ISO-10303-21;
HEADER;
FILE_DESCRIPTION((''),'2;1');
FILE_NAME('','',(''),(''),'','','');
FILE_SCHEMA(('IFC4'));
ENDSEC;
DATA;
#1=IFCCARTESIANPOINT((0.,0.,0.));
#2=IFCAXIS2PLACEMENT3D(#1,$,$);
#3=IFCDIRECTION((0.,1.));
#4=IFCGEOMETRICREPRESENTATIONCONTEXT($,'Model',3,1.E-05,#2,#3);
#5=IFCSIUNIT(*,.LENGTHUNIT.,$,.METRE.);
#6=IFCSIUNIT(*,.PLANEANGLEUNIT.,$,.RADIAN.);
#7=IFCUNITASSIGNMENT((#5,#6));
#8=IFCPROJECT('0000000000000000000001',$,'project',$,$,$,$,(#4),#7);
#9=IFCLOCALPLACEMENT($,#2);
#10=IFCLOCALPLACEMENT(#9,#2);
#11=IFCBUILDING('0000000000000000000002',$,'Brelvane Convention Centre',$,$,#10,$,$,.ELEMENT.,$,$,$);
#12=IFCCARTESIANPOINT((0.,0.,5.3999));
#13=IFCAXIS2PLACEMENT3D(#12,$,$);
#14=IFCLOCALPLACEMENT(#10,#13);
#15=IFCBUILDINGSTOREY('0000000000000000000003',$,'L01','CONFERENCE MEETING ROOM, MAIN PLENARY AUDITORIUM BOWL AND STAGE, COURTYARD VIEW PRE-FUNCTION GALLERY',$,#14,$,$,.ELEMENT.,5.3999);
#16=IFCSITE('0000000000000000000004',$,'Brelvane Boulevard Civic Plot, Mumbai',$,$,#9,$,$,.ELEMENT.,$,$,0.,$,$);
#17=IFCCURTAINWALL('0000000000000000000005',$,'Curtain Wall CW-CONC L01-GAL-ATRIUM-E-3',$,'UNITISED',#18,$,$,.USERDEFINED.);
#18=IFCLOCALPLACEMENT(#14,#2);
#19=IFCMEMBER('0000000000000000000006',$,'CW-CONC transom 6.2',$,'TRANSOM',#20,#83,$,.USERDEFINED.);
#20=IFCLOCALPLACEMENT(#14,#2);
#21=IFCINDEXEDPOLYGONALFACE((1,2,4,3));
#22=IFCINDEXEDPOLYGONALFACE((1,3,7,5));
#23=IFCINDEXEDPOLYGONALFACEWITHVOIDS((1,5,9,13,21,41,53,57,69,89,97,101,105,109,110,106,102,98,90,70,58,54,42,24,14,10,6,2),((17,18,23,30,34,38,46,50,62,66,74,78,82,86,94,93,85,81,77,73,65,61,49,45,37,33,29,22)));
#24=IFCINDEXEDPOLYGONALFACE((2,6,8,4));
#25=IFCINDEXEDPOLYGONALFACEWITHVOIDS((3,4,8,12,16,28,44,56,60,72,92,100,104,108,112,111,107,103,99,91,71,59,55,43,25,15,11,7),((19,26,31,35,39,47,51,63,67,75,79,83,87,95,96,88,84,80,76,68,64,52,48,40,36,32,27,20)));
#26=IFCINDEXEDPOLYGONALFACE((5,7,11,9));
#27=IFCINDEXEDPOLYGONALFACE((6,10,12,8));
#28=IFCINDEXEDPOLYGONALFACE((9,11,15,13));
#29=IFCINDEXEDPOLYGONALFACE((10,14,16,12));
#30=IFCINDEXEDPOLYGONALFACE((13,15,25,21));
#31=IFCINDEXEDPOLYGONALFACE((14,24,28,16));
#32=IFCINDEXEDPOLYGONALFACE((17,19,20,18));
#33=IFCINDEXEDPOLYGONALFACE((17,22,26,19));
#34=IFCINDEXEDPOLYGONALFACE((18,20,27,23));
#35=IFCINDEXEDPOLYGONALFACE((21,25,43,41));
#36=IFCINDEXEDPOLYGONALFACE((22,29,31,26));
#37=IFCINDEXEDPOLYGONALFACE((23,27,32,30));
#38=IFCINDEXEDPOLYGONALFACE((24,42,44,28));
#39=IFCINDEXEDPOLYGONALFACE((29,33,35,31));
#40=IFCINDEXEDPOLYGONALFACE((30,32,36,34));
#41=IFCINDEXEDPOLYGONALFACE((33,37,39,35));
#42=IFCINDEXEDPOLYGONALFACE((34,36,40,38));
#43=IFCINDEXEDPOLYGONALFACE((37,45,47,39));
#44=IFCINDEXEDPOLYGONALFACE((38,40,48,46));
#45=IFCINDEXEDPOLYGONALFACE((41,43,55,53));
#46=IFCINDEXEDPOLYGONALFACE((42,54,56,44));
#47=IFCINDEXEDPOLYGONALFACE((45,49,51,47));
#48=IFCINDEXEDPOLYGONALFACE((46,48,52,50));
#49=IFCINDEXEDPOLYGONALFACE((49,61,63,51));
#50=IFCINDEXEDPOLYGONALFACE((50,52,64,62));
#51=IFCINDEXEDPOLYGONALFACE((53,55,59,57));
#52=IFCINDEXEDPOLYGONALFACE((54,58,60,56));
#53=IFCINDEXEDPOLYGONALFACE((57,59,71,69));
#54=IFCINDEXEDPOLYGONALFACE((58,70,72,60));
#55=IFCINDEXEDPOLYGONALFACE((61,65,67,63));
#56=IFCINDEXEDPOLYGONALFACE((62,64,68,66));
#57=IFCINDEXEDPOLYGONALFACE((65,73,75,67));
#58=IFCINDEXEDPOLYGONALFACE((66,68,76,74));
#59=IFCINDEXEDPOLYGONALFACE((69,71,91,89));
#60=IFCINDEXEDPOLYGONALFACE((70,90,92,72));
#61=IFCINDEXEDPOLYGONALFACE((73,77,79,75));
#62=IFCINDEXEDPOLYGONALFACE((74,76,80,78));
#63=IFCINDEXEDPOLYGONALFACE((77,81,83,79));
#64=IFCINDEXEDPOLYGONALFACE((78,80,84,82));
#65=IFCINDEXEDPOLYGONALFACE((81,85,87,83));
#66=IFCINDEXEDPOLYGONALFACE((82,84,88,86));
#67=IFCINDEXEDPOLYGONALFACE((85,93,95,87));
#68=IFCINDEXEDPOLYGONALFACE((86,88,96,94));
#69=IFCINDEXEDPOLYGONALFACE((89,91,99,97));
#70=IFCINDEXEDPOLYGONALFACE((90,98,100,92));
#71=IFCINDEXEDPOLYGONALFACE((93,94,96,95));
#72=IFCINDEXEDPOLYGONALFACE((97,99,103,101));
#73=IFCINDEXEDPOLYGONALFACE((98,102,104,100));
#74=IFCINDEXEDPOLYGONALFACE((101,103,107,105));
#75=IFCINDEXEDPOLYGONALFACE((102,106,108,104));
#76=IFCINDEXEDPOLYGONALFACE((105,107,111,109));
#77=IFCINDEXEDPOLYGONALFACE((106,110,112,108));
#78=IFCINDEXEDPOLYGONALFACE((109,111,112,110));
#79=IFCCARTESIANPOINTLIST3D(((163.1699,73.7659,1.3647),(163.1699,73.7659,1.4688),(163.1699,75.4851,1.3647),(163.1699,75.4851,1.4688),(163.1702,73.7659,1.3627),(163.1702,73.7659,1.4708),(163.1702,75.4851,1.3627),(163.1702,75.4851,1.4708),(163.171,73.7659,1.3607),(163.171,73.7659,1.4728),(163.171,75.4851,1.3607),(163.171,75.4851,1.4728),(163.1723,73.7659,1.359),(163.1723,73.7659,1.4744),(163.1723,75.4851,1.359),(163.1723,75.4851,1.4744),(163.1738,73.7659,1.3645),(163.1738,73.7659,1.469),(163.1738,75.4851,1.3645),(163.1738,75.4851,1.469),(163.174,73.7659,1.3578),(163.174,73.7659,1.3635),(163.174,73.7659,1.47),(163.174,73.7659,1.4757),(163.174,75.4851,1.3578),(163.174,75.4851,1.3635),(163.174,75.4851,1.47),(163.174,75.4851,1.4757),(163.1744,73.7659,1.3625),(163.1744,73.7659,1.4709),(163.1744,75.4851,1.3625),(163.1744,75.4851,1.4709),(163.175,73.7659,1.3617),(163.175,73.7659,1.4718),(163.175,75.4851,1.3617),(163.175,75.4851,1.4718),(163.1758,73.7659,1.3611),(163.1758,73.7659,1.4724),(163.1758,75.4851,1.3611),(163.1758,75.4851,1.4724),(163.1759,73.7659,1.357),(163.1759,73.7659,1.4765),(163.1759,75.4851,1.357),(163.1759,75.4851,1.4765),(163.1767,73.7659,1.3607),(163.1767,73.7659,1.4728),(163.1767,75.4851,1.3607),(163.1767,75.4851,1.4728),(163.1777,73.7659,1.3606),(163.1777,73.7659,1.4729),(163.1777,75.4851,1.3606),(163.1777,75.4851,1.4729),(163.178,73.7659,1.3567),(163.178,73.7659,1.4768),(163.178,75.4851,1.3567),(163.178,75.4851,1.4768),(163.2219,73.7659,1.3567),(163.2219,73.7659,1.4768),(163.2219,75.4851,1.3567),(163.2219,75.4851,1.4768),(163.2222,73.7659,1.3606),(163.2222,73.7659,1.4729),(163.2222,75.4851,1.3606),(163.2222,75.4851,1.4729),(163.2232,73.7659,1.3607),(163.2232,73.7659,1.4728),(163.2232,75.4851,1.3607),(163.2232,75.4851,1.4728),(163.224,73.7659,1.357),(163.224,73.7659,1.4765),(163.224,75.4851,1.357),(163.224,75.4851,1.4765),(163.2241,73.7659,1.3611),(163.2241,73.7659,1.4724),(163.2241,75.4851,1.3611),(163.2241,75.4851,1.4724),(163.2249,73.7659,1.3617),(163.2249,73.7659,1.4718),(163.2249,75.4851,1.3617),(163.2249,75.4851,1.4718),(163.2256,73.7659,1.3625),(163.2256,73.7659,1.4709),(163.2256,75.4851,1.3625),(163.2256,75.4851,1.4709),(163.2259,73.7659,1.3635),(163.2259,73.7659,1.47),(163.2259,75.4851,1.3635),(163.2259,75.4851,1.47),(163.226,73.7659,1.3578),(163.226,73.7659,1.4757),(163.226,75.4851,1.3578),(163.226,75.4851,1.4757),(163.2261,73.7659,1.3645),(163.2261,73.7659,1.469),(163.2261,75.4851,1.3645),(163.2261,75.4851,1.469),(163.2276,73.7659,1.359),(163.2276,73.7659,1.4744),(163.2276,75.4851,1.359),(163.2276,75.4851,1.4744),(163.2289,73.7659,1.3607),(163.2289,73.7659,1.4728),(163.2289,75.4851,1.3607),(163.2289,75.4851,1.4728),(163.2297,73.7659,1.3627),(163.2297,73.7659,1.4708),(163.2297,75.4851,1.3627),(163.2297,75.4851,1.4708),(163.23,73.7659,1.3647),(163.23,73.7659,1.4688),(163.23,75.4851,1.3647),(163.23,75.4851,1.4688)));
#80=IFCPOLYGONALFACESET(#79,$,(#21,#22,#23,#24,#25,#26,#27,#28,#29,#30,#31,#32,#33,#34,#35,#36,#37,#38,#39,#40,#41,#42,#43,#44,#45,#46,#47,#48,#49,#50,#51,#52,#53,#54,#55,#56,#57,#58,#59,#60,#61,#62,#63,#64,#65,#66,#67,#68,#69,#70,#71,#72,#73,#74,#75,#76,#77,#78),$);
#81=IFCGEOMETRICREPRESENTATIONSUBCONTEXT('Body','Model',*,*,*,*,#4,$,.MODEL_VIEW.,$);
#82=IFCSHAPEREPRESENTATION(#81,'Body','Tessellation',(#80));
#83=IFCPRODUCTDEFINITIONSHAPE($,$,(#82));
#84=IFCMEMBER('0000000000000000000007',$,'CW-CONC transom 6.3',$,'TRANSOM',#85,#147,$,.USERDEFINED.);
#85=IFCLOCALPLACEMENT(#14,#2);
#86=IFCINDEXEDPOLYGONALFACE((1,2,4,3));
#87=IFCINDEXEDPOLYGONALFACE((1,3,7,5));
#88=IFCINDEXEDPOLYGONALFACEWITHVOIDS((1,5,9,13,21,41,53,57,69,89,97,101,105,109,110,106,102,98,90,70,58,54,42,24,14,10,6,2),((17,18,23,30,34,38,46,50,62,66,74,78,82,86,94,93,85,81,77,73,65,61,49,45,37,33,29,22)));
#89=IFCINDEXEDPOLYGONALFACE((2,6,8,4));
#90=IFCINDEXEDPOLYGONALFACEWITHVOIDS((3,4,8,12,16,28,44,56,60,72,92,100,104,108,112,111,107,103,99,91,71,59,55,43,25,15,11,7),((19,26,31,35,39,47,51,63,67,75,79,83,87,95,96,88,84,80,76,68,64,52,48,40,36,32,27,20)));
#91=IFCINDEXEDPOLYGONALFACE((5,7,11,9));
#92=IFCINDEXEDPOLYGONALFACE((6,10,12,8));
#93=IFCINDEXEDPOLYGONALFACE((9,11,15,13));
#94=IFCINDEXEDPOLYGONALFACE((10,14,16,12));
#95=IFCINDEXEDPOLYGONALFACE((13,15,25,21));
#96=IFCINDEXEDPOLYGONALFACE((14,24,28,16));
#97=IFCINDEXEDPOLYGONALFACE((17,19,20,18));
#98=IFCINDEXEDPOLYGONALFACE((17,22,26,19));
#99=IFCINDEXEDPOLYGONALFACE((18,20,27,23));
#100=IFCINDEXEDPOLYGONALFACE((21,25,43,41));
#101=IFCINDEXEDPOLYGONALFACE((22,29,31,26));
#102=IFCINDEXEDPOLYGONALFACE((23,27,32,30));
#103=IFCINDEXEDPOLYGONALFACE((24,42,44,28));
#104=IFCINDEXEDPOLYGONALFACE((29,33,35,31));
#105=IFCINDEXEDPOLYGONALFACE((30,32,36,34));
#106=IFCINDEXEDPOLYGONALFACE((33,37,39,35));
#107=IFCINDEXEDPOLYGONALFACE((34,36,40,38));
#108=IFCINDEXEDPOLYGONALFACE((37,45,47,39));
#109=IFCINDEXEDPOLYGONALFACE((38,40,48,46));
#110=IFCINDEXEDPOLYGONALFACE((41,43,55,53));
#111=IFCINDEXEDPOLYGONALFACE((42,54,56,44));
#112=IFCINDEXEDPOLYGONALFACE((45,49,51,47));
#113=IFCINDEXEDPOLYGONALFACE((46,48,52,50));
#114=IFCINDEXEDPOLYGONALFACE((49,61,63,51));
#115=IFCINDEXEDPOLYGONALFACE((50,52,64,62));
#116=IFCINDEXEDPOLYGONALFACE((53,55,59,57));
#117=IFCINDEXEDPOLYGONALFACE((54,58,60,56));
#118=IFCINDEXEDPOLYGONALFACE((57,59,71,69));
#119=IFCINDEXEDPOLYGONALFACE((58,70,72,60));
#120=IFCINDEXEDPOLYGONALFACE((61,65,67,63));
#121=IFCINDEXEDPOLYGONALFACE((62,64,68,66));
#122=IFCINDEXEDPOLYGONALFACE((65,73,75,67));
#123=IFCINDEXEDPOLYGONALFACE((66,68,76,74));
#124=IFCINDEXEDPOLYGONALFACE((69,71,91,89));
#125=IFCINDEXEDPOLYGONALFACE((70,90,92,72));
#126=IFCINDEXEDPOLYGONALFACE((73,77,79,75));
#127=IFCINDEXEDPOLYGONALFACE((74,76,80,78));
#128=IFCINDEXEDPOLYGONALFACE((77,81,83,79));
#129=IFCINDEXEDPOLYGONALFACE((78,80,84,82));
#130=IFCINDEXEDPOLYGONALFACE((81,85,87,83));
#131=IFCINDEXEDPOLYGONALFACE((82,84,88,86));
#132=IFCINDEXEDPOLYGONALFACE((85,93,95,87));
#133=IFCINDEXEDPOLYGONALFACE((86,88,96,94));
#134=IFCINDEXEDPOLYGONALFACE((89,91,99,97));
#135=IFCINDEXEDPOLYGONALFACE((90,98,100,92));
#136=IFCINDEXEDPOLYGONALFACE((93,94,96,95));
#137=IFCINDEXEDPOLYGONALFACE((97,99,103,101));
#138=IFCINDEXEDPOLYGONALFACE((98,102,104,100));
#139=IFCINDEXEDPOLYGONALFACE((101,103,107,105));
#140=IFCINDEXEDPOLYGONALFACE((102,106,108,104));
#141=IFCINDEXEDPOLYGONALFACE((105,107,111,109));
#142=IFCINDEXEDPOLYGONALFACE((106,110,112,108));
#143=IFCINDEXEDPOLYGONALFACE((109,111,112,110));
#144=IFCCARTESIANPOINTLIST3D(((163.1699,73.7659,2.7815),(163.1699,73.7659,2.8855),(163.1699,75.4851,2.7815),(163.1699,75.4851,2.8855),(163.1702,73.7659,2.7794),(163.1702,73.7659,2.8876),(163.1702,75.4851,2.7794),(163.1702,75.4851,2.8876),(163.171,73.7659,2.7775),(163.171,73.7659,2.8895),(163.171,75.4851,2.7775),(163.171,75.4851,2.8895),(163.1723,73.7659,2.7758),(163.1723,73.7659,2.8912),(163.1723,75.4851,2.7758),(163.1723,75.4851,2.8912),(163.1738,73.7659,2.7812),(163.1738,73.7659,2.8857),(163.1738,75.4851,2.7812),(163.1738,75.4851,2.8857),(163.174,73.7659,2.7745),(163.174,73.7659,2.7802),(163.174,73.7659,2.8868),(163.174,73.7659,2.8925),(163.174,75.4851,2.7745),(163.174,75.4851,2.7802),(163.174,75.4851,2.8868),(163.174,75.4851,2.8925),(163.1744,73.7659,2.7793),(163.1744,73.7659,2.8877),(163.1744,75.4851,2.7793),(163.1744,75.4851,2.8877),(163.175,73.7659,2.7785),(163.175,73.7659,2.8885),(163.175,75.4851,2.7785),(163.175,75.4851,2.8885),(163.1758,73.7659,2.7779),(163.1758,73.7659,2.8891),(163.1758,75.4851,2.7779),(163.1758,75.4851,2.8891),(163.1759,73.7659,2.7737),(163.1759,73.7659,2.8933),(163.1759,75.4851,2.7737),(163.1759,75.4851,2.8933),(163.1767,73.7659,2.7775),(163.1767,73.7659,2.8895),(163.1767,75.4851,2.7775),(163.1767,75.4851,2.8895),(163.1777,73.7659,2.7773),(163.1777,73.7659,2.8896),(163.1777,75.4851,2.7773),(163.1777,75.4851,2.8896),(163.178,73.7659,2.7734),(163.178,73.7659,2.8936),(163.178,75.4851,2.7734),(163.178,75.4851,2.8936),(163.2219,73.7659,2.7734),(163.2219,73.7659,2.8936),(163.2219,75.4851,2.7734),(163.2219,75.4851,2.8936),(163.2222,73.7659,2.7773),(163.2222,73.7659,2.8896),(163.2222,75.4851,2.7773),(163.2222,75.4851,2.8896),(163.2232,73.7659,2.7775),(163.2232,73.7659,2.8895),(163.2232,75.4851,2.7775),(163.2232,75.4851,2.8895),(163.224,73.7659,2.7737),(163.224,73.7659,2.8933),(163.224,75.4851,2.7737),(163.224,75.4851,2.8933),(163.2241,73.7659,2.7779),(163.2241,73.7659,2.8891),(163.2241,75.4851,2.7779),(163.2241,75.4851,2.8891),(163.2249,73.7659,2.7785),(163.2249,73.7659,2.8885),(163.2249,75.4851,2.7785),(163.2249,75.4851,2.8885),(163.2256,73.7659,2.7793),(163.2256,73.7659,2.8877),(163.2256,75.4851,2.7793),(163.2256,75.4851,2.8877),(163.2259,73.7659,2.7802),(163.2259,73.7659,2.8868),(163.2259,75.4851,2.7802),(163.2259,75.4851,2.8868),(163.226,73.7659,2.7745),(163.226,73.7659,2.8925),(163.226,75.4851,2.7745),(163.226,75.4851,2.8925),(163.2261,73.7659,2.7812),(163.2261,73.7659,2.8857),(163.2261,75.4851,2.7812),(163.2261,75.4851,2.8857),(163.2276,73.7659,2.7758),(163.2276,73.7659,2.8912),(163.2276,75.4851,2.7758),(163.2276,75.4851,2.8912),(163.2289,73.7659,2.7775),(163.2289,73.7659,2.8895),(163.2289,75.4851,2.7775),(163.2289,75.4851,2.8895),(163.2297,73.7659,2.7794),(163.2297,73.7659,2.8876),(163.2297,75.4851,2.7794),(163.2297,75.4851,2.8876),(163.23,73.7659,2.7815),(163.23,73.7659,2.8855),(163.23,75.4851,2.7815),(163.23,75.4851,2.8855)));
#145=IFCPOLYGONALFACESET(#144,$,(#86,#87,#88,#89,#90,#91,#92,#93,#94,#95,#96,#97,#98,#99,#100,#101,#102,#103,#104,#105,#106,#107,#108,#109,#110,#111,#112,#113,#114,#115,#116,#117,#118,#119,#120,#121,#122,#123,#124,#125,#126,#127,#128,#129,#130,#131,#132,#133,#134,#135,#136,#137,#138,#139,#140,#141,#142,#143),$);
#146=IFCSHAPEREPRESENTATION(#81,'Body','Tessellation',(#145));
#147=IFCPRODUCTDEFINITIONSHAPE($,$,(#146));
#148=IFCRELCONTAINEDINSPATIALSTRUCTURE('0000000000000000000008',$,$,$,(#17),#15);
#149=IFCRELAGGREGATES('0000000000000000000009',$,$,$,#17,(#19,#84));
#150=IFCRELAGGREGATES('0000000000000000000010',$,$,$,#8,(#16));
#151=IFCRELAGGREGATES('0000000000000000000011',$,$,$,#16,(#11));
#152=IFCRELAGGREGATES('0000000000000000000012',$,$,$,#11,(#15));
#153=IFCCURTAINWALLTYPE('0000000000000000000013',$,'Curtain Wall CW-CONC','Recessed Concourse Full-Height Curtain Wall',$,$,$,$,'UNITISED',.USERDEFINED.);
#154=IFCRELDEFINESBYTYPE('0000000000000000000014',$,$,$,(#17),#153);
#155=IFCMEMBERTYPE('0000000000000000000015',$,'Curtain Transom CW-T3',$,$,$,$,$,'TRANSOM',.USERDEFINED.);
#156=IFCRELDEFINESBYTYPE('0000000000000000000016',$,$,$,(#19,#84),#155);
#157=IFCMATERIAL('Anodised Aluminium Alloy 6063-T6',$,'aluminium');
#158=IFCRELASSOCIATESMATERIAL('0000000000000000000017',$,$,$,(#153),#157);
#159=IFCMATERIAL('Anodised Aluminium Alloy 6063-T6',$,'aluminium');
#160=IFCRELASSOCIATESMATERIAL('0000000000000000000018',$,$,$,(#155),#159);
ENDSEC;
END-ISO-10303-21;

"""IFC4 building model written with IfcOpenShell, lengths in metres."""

from ifc_helpers import new_model, si_unit, direction, frame, origin, origin_2d, place, context, subcontext, project, spatial, hollow_rectangle, extrude, material, material_profile, profile_set, type_object, element, aggregate, save


model = new_model("IFC4")

# Units and contexts
model_context = context("Model", 3, precision=1e-05, world=origin(), true_north=direction((0.0, 1.0)))
body_context = subcontext(model_context, "Body", "Model", "MODEL_VIEW")
ifc_project = project(units=[si_unit("LENGTHUNIT", "METRE"), si_unit("PLANEANGLEUNIT", "RADIAN")], contexts=[model_context])

# Site, building, storey
site_placement = place(None, origin())
site = spatial("IfcSite", under=ifc_project, at=site_placement, Name="Brelvane Boulevard Civic Plot, Mumbai", CompositionType="ELEMENT", RefElevation=0.0)
building_placement = place(site_placement, origin())
building = spatial("IfcBuilding", under=site, at=building_placement, Name="Brelvane Convention Centre", CompositionType="ELEMENT")
storey_placement = place(building_placement, frame((0.0, 0.0, 5.3999)))
storey = spatial("IfcBuildingStorey", under=building, at=storey_placement, Name="L01", Description="CONFERENCE MEETING ROOM, MAIN PLENARY AUDITORIUM BOWL AND STAGE, COURTYARD VIEW PRE-FUNCTION GALLERY", CompositionType="ELEMENT", Elevation=5.3999)

# Curtain wall, members
ifc_material_1 = material(Name="Anodised Aluminium Alloy 6063-T6", Category="aluminium")
curtain_wall_type = type_object("IfcCurtainWallType", Name="Curtain Wall CW-CONC", Description="Recessed Concourse Full-Height Curtain Wall", ElementType="UNITISED", PredefinedType="USERDEFINED", material=ifc_material_1)
curtain_wall_placement = place(storey_placement, origin())
curtain_wall = element("IfcCurtainWall", 1, at=curtain_wall_placement, inside=storey, type_object=curtain_wall_type, Name="Curtain Wall CW-CONC L01-GAL-ATRIUM-E-3", ObjectType="UNITISED", PredefinedType="USERDEFINED")
ifc_material_2 = material(Name="Anodised Aluminium Alloy 6063-T6", Category="aluminium")
ifc_material_profile_1 = material_profile(ifc_material_2, hollow_rectangle(XDim=0.0601, YDim=0.1201, WallThickness=0.0039, InnerFilletRadius=0.0039, OuterFilletRadius=0.0081, at=origin_2d()), Name="ALU-T 120x60x4.0")
ifc_profile_set_1 = profile_set([ifc_material_profile_1], Name="Anodised Aluminium Alloy 6063-T6")
member_type_1 = type_object("IfcMemberType", Name="Curtain Transom CW-T3", ElementType="TRANSOM", PredefinedType="USERDEFINED", material=ifc_profile_set_1)
member_1_placement = place(storey_placement, frame((163.2, 73.7659, 1.4167), z_axis=(0.0, 1.0, 0.0), x_axis=(-1.0, 0.0, 0.0)))
member_1 = element("IfcMember", 2, at=member_1_placement, type_object=member_type_1, Name="CW-CONC transom 6.2", ObjectType="TRANSOM", PredefinedType="USERDEFINED", context=body_context, shape_type="SweptSolid", body=[
    extrude(hollow_rectangle(XDim=0.0601, YDim=0.1201, WallThickness=0.0039, InnerFilletRadius=0.0039, OuterFilletRadius=0.0081, at=origin_2d()), origin(), (0.0, 0.0, 1.0), 1.7192),
])
member_2_placement = place(storey_placement, frame((163.2, 73.7659, 2.8335), z_axis=(0.0, 1.0, 0.0), x_axis=(-1.0, 0.0, 0.0)))
member_2 = element("IfcMember", 3, at=member_2_placement, type_object=member_type_1, Name="CW-CONC transom 6.3", ObjectType="TRANSOM", PredefinedType="USERDEFINED", context=body_context, shape_type="SweptSolid", body=[
    extrude(hollow_rectangle(XDim=0.0601, YDim=0.1201, WallThickness=0.0039, InnerFilletRadius=0.0039, OuterFilletRadius=0.0081, at=origin_2d()), origin(), (0.0, 0.0, 1.0), 1.7192),
])

aggregate(curtain_wall, [member_1, member_2])

save(model, "model.ifc")
